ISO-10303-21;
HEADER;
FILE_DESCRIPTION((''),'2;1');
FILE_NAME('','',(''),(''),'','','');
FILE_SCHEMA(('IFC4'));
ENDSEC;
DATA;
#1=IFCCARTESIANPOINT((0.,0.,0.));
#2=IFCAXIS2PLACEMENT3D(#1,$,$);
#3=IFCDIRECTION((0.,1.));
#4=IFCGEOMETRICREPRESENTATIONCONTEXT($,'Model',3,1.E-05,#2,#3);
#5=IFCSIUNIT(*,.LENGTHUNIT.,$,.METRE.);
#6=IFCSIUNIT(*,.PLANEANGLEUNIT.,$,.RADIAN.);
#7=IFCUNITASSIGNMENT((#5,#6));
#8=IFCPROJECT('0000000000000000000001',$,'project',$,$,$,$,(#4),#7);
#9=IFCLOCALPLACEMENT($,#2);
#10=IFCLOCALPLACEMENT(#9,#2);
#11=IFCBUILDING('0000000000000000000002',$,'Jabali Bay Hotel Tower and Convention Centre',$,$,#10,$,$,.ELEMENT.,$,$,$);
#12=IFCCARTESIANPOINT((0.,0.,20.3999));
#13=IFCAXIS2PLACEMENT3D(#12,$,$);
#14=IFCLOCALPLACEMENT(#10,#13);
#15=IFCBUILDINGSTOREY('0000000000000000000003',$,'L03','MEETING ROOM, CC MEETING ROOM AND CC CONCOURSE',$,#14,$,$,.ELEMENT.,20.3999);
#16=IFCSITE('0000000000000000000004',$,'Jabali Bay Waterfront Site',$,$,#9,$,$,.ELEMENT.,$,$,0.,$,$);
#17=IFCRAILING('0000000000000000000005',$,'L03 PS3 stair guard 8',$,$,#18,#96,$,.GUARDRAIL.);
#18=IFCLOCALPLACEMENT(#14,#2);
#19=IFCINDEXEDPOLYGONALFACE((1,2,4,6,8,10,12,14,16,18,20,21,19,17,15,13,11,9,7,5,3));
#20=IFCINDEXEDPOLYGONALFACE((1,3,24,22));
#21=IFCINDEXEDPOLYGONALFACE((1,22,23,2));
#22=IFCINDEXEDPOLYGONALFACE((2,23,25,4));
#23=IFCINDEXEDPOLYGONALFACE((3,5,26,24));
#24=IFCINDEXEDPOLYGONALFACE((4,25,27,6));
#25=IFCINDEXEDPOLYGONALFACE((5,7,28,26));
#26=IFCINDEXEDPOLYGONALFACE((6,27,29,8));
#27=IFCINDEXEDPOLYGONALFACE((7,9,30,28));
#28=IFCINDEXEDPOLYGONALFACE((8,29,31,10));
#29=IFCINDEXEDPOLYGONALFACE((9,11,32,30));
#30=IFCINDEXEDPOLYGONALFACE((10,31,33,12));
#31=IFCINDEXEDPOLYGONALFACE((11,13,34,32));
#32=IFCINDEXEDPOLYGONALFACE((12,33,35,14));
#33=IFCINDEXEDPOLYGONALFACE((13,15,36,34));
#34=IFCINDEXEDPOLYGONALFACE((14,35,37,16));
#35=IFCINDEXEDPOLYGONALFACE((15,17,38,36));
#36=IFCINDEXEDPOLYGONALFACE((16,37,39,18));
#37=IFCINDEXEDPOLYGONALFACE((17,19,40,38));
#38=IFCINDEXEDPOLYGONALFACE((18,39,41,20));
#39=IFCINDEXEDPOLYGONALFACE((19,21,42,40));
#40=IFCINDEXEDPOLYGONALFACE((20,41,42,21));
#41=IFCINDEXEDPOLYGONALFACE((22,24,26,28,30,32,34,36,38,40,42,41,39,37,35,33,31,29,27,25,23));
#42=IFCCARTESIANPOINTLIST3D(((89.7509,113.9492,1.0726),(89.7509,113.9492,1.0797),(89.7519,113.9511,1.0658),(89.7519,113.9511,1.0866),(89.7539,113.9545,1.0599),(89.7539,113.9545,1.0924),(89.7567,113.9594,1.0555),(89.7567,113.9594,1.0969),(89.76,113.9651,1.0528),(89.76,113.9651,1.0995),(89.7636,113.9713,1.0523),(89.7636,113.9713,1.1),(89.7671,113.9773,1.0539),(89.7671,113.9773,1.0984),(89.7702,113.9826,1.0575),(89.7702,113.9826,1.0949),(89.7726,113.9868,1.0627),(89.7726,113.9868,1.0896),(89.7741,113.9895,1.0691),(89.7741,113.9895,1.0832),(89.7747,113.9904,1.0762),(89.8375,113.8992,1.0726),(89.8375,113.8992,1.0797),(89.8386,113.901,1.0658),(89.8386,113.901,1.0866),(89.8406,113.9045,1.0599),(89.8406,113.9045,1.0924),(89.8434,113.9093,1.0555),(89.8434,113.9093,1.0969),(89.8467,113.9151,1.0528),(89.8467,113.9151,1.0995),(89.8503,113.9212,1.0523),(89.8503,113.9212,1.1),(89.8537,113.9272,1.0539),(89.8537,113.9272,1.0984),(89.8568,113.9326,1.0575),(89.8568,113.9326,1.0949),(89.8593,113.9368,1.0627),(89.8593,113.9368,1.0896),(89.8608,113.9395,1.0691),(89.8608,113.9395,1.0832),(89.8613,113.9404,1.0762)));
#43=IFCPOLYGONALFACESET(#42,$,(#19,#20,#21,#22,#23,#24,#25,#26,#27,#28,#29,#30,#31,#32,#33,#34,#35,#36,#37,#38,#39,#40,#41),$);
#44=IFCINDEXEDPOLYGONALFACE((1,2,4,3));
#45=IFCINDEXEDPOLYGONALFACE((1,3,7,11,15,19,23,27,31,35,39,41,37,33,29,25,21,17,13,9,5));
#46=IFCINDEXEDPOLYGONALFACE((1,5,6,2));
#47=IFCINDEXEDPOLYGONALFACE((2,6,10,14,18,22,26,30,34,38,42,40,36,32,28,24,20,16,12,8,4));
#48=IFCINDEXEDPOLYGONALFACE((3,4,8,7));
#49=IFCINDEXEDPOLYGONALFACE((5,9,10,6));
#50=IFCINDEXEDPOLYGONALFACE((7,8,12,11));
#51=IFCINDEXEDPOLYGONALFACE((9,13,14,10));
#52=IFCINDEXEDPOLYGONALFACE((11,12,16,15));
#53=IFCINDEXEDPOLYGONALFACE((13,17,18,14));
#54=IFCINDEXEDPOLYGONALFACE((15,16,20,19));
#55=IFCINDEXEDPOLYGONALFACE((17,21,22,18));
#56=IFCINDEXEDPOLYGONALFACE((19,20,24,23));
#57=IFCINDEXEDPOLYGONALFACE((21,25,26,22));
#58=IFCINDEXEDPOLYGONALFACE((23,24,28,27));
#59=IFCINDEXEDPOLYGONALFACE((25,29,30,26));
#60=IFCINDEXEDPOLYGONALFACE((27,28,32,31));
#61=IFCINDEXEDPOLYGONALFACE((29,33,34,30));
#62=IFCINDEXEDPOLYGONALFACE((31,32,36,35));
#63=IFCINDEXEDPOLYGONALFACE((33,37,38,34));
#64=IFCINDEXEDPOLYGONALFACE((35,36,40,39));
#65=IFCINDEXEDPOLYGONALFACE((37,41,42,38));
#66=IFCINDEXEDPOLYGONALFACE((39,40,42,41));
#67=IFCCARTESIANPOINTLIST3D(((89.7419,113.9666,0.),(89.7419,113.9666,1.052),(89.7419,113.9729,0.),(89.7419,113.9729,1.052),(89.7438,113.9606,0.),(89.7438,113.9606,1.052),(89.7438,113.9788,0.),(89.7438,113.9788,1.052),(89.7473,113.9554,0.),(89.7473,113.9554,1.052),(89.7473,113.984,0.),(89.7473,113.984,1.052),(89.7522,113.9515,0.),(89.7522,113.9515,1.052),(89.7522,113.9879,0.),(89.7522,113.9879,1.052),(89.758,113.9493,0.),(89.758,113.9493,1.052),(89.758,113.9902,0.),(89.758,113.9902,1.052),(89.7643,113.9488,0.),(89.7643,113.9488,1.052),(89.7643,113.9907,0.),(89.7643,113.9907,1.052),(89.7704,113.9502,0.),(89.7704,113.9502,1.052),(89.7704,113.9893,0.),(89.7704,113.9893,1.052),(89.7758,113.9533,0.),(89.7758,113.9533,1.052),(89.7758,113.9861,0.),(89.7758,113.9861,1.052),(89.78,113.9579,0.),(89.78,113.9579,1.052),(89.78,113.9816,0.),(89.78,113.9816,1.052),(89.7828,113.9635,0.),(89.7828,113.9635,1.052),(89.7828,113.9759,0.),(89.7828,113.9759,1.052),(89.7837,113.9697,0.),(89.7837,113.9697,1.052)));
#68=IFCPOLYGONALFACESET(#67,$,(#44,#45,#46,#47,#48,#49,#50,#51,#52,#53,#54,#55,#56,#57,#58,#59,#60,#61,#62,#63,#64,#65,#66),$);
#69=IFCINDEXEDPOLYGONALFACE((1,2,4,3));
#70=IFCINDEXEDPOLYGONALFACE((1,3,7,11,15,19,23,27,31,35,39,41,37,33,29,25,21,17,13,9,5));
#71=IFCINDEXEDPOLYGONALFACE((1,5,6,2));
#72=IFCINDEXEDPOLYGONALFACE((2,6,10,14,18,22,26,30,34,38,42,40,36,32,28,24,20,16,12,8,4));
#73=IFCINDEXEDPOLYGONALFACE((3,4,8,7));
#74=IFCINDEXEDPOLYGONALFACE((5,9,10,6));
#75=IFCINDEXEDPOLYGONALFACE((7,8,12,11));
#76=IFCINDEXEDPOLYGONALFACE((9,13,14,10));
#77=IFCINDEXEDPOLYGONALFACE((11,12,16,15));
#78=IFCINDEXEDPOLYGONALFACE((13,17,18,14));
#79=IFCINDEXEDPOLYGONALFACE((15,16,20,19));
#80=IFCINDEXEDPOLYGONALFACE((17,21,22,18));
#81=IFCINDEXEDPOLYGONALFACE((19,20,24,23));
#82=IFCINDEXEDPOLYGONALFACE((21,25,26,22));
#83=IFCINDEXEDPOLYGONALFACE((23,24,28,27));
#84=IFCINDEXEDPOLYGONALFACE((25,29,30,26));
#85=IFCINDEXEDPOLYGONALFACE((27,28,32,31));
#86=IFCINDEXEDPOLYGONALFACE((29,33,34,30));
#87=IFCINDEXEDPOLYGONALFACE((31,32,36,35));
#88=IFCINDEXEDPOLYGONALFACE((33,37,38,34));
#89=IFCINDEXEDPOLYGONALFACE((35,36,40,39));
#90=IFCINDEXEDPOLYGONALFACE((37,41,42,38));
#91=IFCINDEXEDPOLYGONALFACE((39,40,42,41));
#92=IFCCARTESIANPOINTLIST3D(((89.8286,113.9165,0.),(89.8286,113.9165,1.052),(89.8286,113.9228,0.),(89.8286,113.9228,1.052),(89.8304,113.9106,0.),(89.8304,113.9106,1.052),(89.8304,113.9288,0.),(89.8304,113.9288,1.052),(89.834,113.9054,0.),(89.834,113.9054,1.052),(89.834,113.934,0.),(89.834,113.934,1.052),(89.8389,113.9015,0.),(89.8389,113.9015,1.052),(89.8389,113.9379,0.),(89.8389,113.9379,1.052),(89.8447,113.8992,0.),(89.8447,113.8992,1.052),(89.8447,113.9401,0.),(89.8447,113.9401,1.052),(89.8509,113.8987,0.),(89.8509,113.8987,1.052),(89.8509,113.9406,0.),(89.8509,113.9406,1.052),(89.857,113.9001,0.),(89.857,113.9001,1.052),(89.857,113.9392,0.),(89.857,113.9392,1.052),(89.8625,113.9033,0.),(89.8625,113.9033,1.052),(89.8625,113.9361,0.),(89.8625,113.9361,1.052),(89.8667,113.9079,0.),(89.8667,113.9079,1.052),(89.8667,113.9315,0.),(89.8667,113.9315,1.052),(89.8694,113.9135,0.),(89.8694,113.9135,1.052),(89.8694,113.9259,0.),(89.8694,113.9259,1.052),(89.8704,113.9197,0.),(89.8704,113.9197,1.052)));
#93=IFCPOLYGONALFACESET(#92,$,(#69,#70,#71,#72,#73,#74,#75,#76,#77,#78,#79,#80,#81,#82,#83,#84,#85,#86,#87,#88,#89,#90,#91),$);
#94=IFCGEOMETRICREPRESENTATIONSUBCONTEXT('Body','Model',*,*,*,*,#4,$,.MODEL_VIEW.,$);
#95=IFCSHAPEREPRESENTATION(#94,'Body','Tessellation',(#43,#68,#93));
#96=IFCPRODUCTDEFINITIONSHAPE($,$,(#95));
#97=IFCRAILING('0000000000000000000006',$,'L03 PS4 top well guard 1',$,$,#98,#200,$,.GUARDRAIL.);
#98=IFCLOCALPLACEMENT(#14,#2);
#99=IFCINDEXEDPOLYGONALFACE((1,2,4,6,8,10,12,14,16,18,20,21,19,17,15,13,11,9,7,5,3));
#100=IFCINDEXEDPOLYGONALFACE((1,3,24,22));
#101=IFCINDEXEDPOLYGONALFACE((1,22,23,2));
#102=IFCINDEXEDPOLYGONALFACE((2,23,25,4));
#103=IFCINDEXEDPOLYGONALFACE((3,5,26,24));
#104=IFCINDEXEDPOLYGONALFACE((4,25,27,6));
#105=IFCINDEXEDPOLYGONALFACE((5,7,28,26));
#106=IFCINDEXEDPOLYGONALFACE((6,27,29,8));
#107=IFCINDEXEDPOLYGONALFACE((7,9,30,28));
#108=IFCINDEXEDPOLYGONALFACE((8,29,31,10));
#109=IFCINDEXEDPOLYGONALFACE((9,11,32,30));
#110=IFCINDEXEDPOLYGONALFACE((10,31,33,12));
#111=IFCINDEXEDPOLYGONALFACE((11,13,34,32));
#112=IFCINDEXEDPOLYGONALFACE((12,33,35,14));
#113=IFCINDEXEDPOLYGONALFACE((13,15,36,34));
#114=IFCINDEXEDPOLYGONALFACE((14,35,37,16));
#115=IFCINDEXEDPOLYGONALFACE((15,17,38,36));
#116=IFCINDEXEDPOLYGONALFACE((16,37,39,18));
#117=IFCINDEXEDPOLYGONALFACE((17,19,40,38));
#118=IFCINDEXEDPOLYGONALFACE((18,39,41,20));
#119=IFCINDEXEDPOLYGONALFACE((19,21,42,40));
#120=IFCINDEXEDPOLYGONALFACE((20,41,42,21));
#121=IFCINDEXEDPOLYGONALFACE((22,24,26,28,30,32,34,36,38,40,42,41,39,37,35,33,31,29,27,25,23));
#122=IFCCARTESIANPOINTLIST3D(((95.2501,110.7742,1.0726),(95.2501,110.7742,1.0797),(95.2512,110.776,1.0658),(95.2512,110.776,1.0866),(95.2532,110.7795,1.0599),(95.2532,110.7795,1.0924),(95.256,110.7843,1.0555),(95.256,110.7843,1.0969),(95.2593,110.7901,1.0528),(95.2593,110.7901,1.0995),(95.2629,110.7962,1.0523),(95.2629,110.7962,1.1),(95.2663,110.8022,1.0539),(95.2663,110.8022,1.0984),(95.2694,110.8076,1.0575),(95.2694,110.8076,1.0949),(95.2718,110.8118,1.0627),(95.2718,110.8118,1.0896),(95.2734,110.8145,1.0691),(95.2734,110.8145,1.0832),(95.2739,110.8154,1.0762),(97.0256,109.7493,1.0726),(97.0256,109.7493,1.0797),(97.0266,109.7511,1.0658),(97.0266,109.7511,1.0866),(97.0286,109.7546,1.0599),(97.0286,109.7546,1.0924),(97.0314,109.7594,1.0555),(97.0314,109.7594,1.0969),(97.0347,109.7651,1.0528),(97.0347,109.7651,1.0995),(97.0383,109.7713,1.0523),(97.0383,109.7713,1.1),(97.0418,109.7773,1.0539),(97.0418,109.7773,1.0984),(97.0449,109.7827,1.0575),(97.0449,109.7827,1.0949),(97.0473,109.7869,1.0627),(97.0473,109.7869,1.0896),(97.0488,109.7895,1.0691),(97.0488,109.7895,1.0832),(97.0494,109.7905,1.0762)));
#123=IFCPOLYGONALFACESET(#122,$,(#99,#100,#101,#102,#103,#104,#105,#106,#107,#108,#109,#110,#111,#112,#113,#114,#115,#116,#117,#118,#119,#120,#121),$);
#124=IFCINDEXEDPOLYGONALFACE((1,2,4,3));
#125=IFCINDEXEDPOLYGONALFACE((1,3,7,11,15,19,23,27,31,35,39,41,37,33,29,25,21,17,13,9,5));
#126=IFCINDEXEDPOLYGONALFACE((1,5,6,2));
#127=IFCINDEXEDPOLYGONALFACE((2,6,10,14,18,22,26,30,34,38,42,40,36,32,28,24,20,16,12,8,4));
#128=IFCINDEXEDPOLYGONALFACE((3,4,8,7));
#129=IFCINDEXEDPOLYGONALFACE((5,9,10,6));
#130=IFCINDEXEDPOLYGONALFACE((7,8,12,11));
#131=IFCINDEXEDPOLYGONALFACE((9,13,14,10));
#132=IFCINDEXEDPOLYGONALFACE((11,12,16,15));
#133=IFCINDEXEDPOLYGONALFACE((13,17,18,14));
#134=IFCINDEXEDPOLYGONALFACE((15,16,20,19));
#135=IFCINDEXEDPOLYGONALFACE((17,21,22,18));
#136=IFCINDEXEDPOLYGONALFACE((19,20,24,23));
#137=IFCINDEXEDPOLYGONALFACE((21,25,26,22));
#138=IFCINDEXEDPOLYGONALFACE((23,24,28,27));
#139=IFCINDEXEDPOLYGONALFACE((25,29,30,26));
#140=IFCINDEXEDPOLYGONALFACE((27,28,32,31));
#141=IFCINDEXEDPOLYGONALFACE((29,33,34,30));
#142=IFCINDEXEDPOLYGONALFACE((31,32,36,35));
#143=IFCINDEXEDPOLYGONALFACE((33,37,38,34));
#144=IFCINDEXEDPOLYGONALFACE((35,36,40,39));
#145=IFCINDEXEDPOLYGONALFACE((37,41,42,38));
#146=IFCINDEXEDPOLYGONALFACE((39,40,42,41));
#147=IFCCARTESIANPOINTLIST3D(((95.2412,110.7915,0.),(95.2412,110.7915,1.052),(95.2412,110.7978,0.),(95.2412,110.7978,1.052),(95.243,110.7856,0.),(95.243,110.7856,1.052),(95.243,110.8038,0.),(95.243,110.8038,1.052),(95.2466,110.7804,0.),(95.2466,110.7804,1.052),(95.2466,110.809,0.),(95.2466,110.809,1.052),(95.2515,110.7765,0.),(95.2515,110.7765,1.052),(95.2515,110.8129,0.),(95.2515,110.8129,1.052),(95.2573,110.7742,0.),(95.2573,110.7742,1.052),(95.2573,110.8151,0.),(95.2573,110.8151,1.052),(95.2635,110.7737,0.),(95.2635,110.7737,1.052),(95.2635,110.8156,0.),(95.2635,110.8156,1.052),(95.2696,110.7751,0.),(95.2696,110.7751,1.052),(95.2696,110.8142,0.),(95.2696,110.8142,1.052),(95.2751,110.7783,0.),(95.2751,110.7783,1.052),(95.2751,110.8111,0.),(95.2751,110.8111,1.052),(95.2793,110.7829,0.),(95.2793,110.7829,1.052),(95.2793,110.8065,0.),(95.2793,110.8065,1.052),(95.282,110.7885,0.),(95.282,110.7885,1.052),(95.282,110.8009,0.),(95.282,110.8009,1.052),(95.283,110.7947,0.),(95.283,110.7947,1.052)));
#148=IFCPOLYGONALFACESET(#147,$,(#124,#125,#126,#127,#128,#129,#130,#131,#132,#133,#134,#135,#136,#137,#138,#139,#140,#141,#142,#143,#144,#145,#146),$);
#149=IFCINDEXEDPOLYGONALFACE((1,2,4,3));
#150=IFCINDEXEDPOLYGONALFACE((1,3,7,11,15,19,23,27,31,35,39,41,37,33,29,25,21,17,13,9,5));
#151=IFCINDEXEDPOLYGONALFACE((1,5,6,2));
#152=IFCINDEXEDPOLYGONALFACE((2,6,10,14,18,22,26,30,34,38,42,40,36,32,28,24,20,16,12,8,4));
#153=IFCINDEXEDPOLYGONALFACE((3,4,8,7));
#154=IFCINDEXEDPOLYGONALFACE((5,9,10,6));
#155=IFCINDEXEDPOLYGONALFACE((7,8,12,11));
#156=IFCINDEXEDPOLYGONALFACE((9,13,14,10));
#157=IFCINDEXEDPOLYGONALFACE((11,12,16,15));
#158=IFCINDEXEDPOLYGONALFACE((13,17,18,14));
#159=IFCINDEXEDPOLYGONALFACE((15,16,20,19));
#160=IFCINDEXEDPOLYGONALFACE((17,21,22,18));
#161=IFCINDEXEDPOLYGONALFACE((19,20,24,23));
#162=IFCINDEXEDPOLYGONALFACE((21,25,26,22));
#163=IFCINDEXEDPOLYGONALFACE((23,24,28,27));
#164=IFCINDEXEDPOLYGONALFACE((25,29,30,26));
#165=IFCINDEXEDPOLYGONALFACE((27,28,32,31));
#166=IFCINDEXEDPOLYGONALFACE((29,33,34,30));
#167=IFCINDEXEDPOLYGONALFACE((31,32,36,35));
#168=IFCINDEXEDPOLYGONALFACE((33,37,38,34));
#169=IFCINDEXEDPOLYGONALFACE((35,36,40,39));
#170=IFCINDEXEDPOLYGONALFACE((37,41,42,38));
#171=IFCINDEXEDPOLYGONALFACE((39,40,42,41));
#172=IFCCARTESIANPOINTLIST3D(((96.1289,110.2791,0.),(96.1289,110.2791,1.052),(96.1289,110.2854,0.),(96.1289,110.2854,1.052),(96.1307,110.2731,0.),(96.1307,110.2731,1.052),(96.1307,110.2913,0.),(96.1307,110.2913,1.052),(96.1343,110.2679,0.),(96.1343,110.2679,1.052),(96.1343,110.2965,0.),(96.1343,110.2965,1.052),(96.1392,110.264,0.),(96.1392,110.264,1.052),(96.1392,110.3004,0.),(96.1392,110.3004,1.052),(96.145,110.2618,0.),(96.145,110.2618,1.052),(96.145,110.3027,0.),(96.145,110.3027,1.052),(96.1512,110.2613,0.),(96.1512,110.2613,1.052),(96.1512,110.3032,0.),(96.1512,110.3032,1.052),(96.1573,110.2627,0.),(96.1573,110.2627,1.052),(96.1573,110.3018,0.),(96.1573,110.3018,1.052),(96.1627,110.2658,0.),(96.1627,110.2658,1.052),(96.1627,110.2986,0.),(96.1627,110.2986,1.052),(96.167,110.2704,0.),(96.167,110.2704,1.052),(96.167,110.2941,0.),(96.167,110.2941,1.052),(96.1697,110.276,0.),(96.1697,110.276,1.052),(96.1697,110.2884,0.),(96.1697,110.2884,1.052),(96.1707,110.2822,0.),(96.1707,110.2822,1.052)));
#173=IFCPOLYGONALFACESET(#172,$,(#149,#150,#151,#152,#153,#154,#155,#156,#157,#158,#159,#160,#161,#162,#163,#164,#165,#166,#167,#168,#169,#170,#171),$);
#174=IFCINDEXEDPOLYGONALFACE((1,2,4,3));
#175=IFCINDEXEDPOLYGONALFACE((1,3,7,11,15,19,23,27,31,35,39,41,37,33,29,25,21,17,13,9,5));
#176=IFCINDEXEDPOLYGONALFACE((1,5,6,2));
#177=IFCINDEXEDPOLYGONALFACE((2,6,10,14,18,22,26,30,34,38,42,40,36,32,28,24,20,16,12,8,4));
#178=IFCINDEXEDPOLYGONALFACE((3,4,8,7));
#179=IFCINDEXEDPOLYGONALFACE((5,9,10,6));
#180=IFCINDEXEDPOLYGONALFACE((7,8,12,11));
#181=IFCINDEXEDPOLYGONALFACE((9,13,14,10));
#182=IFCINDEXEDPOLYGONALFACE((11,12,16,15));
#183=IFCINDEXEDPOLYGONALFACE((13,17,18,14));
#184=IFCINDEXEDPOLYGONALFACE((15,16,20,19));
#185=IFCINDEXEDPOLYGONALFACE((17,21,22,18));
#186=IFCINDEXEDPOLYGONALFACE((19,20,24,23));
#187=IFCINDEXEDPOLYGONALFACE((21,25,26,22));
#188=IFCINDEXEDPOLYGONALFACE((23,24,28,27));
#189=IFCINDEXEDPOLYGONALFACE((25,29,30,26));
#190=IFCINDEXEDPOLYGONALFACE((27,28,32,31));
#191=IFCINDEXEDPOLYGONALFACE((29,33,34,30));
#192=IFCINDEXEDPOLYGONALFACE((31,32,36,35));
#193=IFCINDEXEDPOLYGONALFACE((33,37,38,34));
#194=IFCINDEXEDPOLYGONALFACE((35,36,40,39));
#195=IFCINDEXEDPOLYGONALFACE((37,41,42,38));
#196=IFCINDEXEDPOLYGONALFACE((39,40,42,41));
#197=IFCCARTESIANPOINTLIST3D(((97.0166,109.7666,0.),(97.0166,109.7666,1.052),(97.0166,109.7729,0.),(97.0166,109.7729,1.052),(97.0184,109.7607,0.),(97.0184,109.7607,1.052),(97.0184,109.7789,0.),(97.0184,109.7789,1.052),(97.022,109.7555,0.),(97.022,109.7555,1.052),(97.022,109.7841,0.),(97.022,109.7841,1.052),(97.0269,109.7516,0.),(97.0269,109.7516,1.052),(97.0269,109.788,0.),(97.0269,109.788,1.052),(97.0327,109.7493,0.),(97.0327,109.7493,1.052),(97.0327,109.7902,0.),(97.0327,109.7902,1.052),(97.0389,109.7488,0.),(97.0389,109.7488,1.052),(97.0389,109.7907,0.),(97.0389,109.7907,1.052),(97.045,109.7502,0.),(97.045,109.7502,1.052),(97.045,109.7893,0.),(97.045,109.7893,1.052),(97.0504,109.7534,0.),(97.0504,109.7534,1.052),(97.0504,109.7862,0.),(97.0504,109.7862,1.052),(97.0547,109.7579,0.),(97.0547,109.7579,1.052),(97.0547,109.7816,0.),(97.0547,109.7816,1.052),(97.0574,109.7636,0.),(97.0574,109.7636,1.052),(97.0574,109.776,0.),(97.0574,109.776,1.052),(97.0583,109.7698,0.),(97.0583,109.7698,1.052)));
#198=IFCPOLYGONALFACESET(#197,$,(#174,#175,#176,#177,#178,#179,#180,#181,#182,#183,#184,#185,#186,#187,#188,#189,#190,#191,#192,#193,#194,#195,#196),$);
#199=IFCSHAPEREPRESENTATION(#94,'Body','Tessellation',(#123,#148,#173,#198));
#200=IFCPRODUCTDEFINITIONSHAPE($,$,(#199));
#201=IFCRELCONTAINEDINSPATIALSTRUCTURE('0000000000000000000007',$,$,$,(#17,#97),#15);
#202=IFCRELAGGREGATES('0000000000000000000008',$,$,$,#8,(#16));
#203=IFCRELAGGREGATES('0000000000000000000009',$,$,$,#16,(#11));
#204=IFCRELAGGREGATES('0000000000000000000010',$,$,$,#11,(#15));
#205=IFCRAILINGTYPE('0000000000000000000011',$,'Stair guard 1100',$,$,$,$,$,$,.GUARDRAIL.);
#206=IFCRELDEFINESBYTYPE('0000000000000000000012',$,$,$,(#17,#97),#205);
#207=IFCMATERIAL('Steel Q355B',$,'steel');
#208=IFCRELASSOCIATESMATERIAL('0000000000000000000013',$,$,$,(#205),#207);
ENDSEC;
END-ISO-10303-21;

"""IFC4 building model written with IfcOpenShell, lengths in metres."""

from ifc_helpers import new_model, si_unit, direction, frame, origin, origin_2d, place, context, subcontext, project, spatial, circle, extrude, material, type_object, element, save


model = new_model("IFC4")

# Units and contexts
model_context = context("Model", 3, precision=1e-05, world=origin(), true_north=direction((0.0, 1.0)))
body_context = subcontext(model_context, "Body", "Model", "MODEL_VIEW")
ifc_project = project(units=[si_unit("LENGTHUNIT", "METRE"), si_unit("PLANEANGLEUNIT", "RADIAN")], contexts=[model_context])

# Site, building, storey
site_placement = place(None, origin())
site = spatial("IfcSite", under=ifc_project, at=site_placement, Name="Jabali Bay Waterfront Site", CompositionType="ELEMENT", RefElevation=0.0)
building_placement = place(site_placement, origin())
building = spatial("IfcBuilding", under=site, at=building_placement, Name="Jabali Bay Hotel Tower and Convention Centre", CompositionType="ELEMENT")
storey_placement = place(building_placement, frame((0.0, 0.0, 20.3999)))
storey = spatial("IfcBuildingStorey", under=building, at=storey_placement, Name="L03", Description="MEETING ROOM, CC MEETING ROOM AND CC CONCOURSE", CompositionType="ELEMENT", Elevation=20.3999)

# Railings
ifc_material_1 = material(Name="Steel Q355B", Category="steel")
railing_type_1 = type_object("IfcRailingType", Name="Stair guard 1100", PredefinedType="GUARDRAIL", material=ifc_material_1)
railing_1_placement = place(storey_placement, frame((89.7627, 113.9697, 0.0)))
element("IfcRailing", 1, at=railing_1_placement, inside=storey, type_object=railing_type_1, Name="L03 PS3 stair guard 8", PredefinedType="GUARDRAIL", context=body_context, shape_type="SweptSolid", body=[
    extrude(circle(Radius=0.0239, at=origin_2d()), frame((0.0, 0.0, 1.0762), z_axis=(0.865982, -0.500074, 0.0), x_axis=(0.500074, 0.865982, 0.0)), (0.0, 0.0, 1.0), 0.1001),
    extrude(circle(Radius=0.021, at=origin_2d()), origin(), (0.0, 0.0, 1.0), 1.052),
    extrude(circle(Radius=0.021, at=origin_2d()), frame((0.0867, -0.05, 0.0)), (0.0, 0.0, 1.0), 1.052),
])
railing_2_placement = place(storey_placement, frame((95.262, 110.7947, 0.0)))
element("IfcRailing", 2, at=railing_2_placement, inside=storey, type_object=railing_type_1, Name="L03 PS4 top well guard 1", PredefinedType="GUARDRAIL", context=body_context, shape_type="SweptSolid", body=[
    extrude(circle(Radius=0.0239, at=origin_2d()), frame((0.0, 0.0, 1.0762), z_axis=(0.866051, -0.499956, 0.0), x_axis=(0.499956, 0.866051, 0.0)), (0.0, 0.0, 1.0), 2.05),
    extrude(circle(Radius=0.021, at=origin_2d()), origin(), (0.0, 0.0, 1.0), 1.052),
    extrude(circle(Radius=0.021, at=origin_2d()), frame((0.8877, -0.5125, 0.0)), (0.0, 0.0, 1.0), 1.052),
    extrude(circle(Radius=0.021, at=origin_2d()), frame((1.7754, -1.0249, 0.0)), (0.0, 0.0, 1.0), 1.052),
])

save(model, "model.ifc")
